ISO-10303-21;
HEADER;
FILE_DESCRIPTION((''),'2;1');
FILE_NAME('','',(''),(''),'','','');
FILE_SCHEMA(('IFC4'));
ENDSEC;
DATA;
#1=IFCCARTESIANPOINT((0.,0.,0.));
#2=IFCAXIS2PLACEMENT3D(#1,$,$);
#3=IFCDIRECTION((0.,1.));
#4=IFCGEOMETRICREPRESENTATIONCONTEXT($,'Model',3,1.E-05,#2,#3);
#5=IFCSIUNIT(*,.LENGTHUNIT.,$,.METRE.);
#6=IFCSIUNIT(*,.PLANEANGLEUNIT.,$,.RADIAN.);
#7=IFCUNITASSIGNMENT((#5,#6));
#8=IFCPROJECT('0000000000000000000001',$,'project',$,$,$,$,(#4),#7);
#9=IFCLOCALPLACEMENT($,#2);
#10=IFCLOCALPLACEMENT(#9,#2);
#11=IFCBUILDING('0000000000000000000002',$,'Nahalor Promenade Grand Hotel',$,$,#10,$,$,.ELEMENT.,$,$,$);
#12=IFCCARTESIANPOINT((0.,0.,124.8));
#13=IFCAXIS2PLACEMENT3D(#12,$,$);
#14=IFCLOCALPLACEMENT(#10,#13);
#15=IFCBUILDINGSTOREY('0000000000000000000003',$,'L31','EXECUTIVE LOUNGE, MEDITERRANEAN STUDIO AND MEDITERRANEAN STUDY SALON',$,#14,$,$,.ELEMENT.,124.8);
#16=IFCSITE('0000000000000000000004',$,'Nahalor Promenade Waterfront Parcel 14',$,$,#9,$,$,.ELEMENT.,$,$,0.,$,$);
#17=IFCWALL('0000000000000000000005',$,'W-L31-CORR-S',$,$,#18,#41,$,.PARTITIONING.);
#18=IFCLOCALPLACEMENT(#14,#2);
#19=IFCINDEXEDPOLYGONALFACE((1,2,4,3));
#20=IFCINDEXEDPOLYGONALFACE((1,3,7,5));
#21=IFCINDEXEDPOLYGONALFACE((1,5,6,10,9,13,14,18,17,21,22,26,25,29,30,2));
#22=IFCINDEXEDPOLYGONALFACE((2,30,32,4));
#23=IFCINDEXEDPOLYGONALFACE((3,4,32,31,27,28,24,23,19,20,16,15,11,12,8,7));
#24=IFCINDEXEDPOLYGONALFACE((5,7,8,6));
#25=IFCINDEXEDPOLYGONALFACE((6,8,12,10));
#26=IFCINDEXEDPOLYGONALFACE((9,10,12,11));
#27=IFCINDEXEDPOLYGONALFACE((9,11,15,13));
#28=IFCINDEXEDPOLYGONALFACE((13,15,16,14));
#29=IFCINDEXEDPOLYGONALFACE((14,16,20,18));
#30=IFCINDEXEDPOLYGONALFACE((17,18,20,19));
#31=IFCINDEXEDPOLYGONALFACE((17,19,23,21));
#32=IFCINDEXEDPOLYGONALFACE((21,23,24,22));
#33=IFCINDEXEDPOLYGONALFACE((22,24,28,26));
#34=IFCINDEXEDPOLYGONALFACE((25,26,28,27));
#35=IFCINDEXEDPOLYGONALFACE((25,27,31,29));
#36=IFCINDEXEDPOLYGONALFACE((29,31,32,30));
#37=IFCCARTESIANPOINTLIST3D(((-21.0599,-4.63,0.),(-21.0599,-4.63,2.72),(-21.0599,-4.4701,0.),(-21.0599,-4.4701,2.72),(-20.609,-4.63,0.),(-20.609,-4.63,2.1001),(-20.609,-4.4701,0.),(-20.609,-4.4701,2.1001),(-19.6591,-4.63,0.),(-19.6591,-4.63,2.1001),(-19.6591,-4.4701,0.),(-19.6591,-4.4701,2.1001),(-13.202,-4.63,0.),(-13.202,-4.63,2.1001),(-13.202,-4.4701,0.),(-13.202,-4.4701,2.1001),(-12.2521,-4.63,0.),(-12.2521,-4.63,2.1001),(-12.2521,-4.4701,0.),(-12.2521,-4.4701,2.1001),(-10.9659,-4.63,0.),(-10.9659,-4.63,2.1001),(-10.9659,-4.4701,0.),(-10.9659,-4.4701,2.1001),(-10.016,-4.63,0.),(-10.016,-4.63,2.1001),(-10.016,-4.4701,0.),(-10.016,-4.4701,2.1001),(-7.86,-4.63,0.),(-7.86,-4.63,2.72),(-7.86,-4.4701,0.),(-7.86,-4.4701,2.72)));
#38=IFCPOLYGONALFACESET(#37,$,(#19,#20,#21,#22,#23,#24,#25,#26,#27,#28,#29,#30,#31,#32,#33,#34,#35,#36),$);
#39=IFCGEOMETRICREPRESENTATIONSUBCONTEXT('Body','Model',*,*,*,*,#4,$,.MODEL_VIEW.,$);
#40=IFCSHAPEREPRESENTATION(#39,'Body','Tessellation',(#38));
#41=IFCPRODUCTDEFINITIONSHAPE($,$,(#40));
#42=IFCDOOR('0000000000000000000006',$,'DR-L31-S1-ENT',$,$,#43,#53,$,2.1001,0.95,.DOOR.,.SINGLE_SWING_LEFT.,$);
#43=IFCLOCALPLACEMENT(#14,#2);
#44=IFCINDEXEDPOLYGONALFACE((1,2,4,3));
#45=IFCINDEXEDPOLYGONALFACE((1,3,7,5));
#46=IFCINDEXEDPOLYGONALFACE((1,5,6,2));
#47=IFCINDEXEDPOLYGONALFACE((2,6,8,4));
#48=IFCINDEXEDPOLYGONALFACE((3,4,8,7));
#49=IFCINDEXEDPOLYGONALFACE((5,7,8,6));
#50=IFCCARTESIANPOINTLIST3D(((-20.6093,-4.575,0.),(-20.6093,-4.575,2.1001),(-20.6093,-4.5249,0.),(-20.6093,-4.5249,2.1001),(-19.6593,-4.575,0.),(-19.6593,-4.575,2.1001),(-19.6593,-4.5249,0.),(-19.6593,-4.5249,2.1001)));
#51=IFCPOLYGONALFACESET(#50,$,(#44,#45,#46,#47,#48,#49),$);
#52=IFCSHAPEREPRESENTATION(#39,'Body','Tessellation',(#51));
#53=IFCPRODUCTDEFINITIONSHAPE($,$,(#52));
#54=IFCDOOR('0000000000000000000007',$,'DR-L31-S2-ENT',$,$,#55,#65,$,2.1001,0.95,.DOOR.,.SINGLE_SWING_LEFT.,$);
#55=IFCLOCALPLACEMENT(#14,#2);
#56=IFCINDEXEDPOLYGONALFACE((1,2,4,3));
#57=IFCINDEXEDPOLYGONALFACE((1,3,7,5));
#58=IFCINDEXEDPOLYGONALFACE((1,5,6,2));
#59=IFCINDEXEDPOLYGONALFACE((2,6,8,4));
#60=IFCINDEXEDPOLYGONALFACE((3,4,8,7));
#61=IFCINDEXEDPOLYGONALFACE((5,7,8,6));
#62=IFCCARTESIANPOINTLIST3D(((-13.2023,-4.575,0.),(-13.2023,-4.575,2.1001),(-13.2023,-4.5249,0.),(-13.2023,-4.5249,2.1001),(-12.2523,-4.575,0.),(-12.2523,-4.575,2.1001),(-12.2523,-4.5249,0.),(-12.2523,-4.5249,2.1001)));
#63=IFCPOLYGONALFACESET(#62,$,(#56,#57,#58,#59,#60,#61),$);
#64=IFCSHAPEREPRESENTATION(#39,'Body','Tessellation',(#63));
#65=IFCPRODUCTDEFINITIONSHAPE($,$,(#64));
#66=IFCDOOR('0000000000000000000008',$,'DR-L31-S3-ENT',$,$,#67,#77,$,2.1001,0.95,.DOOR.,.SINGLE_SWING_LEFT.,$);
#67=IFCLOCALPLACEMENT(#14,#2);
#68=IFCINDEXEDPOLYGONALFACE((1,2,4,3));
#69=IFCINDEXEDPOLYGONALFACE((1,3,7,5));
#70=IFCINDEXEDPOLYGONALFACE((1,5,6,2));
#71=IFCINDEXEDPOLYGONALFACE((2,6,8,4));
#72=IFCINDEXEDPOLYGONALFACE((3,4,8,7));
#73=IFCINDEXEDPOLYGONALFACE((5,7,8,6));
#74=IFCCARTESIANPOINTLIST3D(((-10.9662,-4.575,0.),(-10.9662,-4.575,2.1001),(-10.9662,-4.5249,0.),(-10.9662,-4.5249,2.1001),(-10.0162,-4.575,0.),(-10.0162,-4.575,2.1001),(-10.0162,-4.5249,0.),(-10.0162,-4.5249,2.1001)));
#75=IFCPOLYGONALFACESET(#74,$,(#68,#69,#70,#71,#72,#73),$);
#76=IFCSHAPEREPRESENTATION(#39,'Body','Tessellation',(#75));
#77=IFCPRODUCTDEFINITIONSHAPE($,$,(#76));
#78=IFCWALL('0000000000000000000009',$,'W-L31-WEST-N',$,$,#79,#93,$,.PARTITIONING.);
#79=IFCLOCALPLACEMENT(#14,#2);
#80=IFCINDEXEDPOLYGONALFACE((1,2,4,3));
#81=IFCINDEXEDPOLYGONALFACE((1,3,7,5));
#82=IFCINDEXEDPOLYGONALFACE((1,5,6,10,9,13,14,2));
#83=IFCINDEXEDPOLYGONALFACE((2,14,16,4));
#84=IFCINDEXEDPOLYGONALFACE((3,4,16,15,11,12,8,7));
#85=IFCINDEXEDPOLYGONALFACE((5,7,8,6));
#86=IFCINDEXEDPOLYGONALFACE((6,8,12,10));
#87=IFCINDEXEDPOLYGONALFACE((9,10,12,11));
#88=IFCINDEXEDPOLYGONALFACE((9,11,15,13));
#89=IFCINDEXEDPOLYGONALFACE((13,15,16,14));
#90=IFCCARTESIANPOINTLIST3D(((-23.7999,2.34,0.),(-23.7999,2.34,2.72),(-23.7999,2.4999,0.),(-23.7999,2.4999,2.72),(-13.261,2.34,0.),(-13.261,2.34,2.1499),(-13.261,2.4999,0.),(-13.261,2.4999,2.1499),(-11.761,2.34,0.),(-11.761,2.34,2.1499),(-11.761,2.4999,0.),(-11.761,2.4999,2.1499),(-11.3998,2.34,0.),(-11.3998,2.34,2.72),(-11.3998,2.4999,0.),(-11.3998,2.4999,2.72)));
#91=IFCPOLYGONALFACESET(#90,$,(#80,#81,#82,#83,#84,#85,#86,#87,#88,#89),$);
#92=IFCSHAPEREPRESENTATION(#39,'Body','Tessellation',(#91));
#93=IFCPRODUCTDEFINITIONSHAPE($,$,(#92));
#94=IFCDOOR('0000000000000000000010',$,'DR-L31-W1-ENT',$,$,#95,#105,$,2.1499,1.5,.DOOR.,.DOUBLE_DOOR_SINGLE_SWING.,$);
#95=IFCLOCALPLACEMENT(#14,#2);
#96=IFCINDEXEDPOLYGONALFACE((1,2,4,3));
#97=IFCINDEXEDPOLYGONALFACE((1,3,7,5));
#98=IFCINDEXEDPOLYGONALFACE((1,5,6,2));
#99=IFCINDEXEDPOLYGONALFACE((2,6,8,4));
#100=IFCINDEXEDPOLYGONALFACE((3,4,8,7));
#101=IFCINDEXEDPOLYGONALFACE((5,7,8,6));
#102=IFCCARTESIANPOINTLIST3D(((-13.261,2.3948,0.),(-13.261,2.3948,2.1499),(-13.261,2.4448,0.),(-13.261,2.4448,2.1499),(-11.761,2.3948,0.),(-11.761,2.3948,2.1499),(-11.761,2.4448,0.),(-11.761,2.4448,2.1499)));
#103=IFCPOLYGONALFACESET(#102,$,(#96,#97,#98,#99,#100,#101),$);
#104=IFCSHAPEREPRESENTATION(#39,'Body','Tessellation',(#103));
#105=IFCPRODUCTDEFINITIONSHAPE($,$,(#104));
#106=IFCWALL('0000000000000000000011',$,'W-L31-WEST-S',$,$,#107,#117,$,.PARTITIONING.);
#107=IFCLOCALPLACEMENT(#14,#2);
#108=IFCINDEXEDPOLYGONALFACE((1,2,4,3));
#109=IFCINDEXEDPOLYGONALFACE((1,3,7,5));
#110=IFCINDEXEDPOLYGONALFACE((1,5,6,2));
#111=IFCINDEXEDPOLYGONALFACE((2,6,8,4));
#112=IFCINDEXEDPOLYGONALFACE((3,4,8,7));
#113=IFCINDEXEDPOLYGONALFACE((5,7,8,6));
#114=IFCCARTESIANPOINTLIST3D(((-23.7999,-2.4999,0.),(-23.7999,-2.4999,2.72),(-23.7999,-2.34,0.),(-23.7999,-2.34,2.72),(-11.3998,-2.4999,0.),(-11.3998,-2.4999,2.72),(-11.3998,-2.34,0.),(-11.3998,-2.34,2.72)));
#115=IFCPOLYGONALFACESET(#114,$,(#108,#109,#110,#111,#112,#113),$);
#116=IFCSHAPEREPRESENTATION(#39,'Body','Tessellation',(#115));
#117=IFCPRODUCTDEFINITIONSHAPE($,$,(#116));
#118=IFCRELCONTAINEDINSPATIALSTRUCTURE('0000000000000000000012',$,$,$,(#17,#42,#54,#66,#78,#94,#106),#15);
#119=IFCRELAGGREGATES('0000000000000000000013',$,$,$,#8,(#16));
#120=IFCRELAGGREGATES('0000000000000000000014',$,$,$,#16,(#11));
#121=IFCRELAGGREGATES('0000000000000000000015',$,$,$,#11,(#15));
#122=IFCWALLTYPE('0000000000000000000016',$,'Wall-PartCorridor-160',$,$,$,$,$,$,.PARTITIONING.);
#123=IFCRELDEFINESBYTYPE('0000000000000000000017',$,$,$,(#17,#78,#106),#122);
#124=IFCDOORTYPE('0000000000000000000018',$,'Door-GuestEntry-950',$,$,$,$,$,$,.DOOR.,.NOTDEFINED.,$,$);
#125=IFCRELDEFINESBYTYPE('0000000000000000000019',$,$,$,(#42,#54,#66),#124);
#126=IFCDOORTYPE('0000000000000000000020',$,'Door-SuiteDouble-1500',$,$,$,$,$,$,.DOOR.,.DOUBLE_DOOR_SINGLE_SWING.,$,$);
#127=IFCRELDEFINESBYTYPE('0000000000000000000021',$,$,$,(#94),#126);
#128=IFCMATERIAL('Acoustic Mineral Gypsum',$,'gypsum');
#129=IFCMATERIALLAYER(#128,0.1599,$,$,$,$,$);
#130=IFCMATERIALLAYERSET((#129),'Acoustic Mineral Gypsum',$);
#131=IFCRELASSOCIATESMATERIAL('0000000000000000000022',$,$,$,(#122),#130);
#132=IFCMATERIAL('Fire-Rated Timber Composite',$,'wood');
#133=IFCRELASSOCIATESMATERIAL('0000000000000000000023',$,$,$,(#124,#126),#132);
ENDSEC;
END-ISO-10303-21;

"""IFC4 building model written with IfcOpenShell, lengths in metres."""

from ifc_helpers import new_model, si_unit, direction, frame, frame_2d, origin, place, context, subcontext, project, spatial, rectangle, extrude, source, transform, mapped, material, layer, layer_set, type_object, element, fill, save


model = new_model("IFC4")

# Units and contexts
model_context = context("Model", 3, precision=1e-05, world=origin(), true_north=direction((0.0, 1.0)))
body_context = subcontext(model_context, "Body", "Model", "MODEL_VIEW")
ifc_project = project(units=[si_unit("LENGTHUNIT", "METRE"), si_unit("PLANEANGLEUNIT", "RADIAN")], contexts=[model_context])

# Site, building, storey
site_placement = place(None, origin())
site = spatial("IfcSite", under=ifc_project, at=site_placement, Name="Nahalor Promenade Waterfront Parcel 14", CompositionType="ELEMENT", RefElevation=0.0)
building_placement = place(site_placement, origin())
building = spatial("IfcBuilding", under=site, at=building_placement, Name="Nahalor Promenade Grand Hotel", CompositionType="ELEMENT")
storey_placement = place(building_placement, frame((0.0, 0.0, 124.8)))
storey = spatial("IfcBuildingStorey", under=building, at=storey_placement, Name="L31", Description="EXECUTIVE LOUNGE, MEDITERRANEAN STUDIO AND MEDITERRANEAN STUDY SALON", CompositionType="ELEMENT", Elevation=124.8)

# Shared definitions
ifc_material_1 = material(Name="Acoustic Mineral Gypsum", Category="gypsum")
ifc_layer_1 = layer(ifc_material_1, 0.1599)
ifc_layer_set_1 = layer_set([ifc_layer_1], Name="Acoustic Mineral Gypsum")
wall_type_1 = type_object("IfcWallType", Name="Wall-PartCorridor-160", PredefinedType="PARTITIONING", material=ifc_layer_set_1)
ifc_material_2 = material(Name="Fire-Rated Timber Composite", Category="wood")
door_type_1 = type_object("IfcDoorType", Name="Door-GuestEntry-950", OperationType="NOTDEFINED", PredefinedType="DOOR", material=ifc_material_2)
shared_shape_1 = source(origin(), body_context, "Body", "SweptSolid", [
    extrude(rectangle(XDim=0.95, YDim=2.1001, at=frame_2d((0.4751, 1.05))), frame((0.0, 0.0249, 0.0), z_axis=(0.0, -1.0, 0.0), x_axis=(1.0, 0.0, 0.0)), (0.0, 0.0, 1.0), 0.05),
])

# Wall, openings, doors
shared_shape_2 = source(origin(), body_context, "Body", "SweptSolid", [
    extrude(rectangle(XDim=13.2, YDim=0.1599, at=frame_2d((6.6001, 0.0))), origin(), (0.0, 0.0, 1.0), 2.72),
])
wall_1_placement = place(storey_placement, frame((-21.0601, -4.55, 0.0), z_axis=(0.0, 0.0, 1.0), x_axis=(1.0, 0.0, 0.0)))
wall_1 = element("IfcWall", 1, at=wall_1_placement, inside=storey, type_object=wall_type_1, Name="W-L31-CORR-S", PredefinedType="PARTITIONING", context=body_context, shape_type="MappedRepresentation", body=[
    mapped(shared_shape_2, transform((0.0, 0.0, 0.0), scale=1.0)),
])
opening_1_placement = place(wall_1_placement, frame((0.4509, 0.0, 0.0)))
opening_1 = element("IfcOpeningElement", 2, at=opening_1_placement, cuts=wall_1, PredefinedType="OPENING", context=body_context, shape_type="SweptSolid", body=[
    extrude(rectangle(XDim=0.95, YDim=2.1001, at=frame_2d((0.4751, 1.05))), frame((0.0, 0.0898, 0.0), z_axis=(0.0, -1.0, 0.0), x_axis=(1.0, 0.0, 0.0)), (0.0, 0.0, 1.0), 0.1799),
])
opening_2_placement = place(wall_1_placement, frame((7.8579, 0.0, 0.0)))
opening_2 = element("IfcOpeningElement", 3, at=opening_2_placement, cuts=wall_1, PredefinedType="OPENING", context=body_context, shape_type="SweptSolid", body=[
    extrude(rectangle(XDim=0.95, YDim=2.1001, at=frame_2d((0.4751, 1.05))), frame((0.0, 0.0898, 0.0), z_axis=(0.0, -1.0, 0.0), x_axis=(1.0, 0.0, 0.0)), (0.0, 0.0, 1.0), 0.1799),
])
opening_3_placement = place(wall_1_placement, frame((10.094, 0.0, 0.0)))
opening_3 = element("IfcOpeningElement", 4, at=opening_3_placement, cuts=wall_1, PredefinedType="OPENING", context=body_context, shape_type="SweptSolid", body=[
    extrude(rectangle(XDim=0.95, YDim=2.1001, at=frame_2d((0.4751, 1.05))), frame((0.0, 0.0898, 0.0), z_axis=(0.0, -1.0, 0.0), x_axis=(1.0, 0.0, 0.0)), (0.0, 0.0, 1.0), 0.1799),
])
door_1_placement = place(opening_1_placement, frame((0.95, 0.0, 0.0), z_axis=(0.0, 0.0, 1.0), x_axis=(-1.0, 0.0, 0.0)))
door_1 = element("IfcDoor", 5, at=door_1_placement, inside=storey, type_object=door_type_1, Name="DR-L31-S1-ENT", OperationType="SINGLE_SWING_LEFT", OverallHeight=2.1001, OverallWidth=0.95, PredefinedType="DOOR", context=body_context, shape_type="MappedRepresentation", body=[
    mapped(shared_shape_1, transform((0.0, 0.0, 0.0), scale=1.0)),
])
fill(opening_1, door_1)
door_2_placement = place(opening_2_placement, frame((0.95, 0.0, 0.0), z_axis=(0.0, 0.0, 1.0), x_axis=(-1.0, 0.0, 0.0)))
door_2 = element("IfcDoor", 6, at=door_2_placement, inside=storey, type_object=door_type_1, Name="DR-L31-S2-ENT", OperationType="SINGLE_SWING_LEFT", OverallHeight=2.1001, OverallWidth=0.95, PredefinedType="DOOR", context=body_context, shape_type="MappedRepresentation", body=[
    mapped(shared_shape_1, transform((0.0, 0.0, 0.0), scale=1.0)),
])
fill(opening_2, door_2)
door_3_placement = place(opening_3_placement, frame((0.95, 0.0, 0.0), z_axis=(0.0, 0.0, 1.0), x_axis=(-1.0, 0.0, 0.0)))
door_3 = element("IfcDoor", 7, at=door_3_placement, inside=storey, type_object=door_type_1, Name="DR-L31-S3-ENT", OperationType="SINGLE_SWING_LEFT", OverallHeight=2.1001, OverallWidth=0.95, PredefinedType="DOOR", context=body_context, shape_type="MappedRepresentation", body=[
    mapped(shared_shape_1, transform((0.0, 0.0, 0.0), scale=1.0)),
])
fill(opening_3, door_3)

# Wall, opening, door
shared_shape_3 = source(origin(), body_context, "Body", "SweptSolid", [
    extrude(rectangle(XDim=12.4001, YDim=0.1599, at=frame_2d((6.2002, 0.0))), origin(), (0.0, 0.0, 1.0), 2.72),
])
wall_2_placement = place(storey_placement, frame((-23.8, 2.4199, 0.0), z_axis=(0.0, 0.0, 1.0), x_axis=(1.0, 0.0, 0.0)))
wall_2 = element("IfcWall", 8, at=wall_2_placement, inside=storey, type_object=wall_type_1, Name="W-L31-WEST-N", PredefinedType="PARTITIONING", context=body_context, shape_type="MappedRepresentation", body=[
    mapped(shared_shape_3, transform((0.0, 0.0, 0.0), scale=1.0)),
])
opening_4_placement = place(wall_2_placement, frame((10.5391, 0.0, 0.0)))
opening_4 = element("IfcOpeningElement", 9, at=opening_4_placement, cuts=wall_2, PredefinedType="OPENING", context=body_context, shape_type="SweptSolid", body=[
    extrude(rectangle(XDim=1.5, YDim=2.1499, at=frame_2d((0.75, 1.075))), frame((0.0, 0.0898, 0.0), z_axis=(0.0, -1.0, 0.0), x_axis=(1.0, 0.0, 0.0)), (0.0, 0.0, 1.0), 0.1799),
])
door_type_2 = type_object("IfcDoorType", Name="Door-SuiteDouble-1500", OperationType="DOUBLE_DOOR_SINGLE_SWING", PredefinedType="DOOR", material=ifc_material_2)
shared_shape_4 = source(origin(), body_context, "Body", "SweptSolid", [
    extrude(rectangle(XDim=1.5, YDim=2.1499, at=frame_2d((0.75, 1.075))), frame((0.0, 0.0249, 0.0), z_axis=(0.0, -1.0, 0.0), x_axis=(1.0, 0.0, 0.0)), (0.0, 0.0, 1.0), 0.05),
])
door_4_placement = place(opening_4_placement, origin())
door_4 = element("IfcDoor", 10, at=door_4_placement, inside=storey, type_object=door_type_2, Name="DR-L31-W1-ENT", OperationType="DOUBLE_DOOR_SINGLE_SWING", OverallHeight=2.1499, OverallWidth=1.5, PredefinedType="DOOR", context=body_context, shape_type="MappedRepresentation", body=[
    mapped(shared_shape_4, transform((0.0, 0.0, 0.0), scale=1.0)),
])
fill(opening_4, door_4)

# Wall
wall_3_placement = place(storey_placement, frame((-23.8, -2.4199, 0.0), z_axis=(0.0, 0.0, 1.0), x_axis=(1.0, 0.0, 0.0)))
element("IfcWall", 11, at=wall_3_placement, inside=storey, type_object=wall_type_1, Name="W-L31-WEST-S", PredefinedType="PARTITIONING", context=body_context, shape_type="MappedRepresentation", body=[
    mapped(shared_shape_3, transform((0.0, 0.0, 0.0), scale=1.0)),
])

save(model, "model.ifc")
